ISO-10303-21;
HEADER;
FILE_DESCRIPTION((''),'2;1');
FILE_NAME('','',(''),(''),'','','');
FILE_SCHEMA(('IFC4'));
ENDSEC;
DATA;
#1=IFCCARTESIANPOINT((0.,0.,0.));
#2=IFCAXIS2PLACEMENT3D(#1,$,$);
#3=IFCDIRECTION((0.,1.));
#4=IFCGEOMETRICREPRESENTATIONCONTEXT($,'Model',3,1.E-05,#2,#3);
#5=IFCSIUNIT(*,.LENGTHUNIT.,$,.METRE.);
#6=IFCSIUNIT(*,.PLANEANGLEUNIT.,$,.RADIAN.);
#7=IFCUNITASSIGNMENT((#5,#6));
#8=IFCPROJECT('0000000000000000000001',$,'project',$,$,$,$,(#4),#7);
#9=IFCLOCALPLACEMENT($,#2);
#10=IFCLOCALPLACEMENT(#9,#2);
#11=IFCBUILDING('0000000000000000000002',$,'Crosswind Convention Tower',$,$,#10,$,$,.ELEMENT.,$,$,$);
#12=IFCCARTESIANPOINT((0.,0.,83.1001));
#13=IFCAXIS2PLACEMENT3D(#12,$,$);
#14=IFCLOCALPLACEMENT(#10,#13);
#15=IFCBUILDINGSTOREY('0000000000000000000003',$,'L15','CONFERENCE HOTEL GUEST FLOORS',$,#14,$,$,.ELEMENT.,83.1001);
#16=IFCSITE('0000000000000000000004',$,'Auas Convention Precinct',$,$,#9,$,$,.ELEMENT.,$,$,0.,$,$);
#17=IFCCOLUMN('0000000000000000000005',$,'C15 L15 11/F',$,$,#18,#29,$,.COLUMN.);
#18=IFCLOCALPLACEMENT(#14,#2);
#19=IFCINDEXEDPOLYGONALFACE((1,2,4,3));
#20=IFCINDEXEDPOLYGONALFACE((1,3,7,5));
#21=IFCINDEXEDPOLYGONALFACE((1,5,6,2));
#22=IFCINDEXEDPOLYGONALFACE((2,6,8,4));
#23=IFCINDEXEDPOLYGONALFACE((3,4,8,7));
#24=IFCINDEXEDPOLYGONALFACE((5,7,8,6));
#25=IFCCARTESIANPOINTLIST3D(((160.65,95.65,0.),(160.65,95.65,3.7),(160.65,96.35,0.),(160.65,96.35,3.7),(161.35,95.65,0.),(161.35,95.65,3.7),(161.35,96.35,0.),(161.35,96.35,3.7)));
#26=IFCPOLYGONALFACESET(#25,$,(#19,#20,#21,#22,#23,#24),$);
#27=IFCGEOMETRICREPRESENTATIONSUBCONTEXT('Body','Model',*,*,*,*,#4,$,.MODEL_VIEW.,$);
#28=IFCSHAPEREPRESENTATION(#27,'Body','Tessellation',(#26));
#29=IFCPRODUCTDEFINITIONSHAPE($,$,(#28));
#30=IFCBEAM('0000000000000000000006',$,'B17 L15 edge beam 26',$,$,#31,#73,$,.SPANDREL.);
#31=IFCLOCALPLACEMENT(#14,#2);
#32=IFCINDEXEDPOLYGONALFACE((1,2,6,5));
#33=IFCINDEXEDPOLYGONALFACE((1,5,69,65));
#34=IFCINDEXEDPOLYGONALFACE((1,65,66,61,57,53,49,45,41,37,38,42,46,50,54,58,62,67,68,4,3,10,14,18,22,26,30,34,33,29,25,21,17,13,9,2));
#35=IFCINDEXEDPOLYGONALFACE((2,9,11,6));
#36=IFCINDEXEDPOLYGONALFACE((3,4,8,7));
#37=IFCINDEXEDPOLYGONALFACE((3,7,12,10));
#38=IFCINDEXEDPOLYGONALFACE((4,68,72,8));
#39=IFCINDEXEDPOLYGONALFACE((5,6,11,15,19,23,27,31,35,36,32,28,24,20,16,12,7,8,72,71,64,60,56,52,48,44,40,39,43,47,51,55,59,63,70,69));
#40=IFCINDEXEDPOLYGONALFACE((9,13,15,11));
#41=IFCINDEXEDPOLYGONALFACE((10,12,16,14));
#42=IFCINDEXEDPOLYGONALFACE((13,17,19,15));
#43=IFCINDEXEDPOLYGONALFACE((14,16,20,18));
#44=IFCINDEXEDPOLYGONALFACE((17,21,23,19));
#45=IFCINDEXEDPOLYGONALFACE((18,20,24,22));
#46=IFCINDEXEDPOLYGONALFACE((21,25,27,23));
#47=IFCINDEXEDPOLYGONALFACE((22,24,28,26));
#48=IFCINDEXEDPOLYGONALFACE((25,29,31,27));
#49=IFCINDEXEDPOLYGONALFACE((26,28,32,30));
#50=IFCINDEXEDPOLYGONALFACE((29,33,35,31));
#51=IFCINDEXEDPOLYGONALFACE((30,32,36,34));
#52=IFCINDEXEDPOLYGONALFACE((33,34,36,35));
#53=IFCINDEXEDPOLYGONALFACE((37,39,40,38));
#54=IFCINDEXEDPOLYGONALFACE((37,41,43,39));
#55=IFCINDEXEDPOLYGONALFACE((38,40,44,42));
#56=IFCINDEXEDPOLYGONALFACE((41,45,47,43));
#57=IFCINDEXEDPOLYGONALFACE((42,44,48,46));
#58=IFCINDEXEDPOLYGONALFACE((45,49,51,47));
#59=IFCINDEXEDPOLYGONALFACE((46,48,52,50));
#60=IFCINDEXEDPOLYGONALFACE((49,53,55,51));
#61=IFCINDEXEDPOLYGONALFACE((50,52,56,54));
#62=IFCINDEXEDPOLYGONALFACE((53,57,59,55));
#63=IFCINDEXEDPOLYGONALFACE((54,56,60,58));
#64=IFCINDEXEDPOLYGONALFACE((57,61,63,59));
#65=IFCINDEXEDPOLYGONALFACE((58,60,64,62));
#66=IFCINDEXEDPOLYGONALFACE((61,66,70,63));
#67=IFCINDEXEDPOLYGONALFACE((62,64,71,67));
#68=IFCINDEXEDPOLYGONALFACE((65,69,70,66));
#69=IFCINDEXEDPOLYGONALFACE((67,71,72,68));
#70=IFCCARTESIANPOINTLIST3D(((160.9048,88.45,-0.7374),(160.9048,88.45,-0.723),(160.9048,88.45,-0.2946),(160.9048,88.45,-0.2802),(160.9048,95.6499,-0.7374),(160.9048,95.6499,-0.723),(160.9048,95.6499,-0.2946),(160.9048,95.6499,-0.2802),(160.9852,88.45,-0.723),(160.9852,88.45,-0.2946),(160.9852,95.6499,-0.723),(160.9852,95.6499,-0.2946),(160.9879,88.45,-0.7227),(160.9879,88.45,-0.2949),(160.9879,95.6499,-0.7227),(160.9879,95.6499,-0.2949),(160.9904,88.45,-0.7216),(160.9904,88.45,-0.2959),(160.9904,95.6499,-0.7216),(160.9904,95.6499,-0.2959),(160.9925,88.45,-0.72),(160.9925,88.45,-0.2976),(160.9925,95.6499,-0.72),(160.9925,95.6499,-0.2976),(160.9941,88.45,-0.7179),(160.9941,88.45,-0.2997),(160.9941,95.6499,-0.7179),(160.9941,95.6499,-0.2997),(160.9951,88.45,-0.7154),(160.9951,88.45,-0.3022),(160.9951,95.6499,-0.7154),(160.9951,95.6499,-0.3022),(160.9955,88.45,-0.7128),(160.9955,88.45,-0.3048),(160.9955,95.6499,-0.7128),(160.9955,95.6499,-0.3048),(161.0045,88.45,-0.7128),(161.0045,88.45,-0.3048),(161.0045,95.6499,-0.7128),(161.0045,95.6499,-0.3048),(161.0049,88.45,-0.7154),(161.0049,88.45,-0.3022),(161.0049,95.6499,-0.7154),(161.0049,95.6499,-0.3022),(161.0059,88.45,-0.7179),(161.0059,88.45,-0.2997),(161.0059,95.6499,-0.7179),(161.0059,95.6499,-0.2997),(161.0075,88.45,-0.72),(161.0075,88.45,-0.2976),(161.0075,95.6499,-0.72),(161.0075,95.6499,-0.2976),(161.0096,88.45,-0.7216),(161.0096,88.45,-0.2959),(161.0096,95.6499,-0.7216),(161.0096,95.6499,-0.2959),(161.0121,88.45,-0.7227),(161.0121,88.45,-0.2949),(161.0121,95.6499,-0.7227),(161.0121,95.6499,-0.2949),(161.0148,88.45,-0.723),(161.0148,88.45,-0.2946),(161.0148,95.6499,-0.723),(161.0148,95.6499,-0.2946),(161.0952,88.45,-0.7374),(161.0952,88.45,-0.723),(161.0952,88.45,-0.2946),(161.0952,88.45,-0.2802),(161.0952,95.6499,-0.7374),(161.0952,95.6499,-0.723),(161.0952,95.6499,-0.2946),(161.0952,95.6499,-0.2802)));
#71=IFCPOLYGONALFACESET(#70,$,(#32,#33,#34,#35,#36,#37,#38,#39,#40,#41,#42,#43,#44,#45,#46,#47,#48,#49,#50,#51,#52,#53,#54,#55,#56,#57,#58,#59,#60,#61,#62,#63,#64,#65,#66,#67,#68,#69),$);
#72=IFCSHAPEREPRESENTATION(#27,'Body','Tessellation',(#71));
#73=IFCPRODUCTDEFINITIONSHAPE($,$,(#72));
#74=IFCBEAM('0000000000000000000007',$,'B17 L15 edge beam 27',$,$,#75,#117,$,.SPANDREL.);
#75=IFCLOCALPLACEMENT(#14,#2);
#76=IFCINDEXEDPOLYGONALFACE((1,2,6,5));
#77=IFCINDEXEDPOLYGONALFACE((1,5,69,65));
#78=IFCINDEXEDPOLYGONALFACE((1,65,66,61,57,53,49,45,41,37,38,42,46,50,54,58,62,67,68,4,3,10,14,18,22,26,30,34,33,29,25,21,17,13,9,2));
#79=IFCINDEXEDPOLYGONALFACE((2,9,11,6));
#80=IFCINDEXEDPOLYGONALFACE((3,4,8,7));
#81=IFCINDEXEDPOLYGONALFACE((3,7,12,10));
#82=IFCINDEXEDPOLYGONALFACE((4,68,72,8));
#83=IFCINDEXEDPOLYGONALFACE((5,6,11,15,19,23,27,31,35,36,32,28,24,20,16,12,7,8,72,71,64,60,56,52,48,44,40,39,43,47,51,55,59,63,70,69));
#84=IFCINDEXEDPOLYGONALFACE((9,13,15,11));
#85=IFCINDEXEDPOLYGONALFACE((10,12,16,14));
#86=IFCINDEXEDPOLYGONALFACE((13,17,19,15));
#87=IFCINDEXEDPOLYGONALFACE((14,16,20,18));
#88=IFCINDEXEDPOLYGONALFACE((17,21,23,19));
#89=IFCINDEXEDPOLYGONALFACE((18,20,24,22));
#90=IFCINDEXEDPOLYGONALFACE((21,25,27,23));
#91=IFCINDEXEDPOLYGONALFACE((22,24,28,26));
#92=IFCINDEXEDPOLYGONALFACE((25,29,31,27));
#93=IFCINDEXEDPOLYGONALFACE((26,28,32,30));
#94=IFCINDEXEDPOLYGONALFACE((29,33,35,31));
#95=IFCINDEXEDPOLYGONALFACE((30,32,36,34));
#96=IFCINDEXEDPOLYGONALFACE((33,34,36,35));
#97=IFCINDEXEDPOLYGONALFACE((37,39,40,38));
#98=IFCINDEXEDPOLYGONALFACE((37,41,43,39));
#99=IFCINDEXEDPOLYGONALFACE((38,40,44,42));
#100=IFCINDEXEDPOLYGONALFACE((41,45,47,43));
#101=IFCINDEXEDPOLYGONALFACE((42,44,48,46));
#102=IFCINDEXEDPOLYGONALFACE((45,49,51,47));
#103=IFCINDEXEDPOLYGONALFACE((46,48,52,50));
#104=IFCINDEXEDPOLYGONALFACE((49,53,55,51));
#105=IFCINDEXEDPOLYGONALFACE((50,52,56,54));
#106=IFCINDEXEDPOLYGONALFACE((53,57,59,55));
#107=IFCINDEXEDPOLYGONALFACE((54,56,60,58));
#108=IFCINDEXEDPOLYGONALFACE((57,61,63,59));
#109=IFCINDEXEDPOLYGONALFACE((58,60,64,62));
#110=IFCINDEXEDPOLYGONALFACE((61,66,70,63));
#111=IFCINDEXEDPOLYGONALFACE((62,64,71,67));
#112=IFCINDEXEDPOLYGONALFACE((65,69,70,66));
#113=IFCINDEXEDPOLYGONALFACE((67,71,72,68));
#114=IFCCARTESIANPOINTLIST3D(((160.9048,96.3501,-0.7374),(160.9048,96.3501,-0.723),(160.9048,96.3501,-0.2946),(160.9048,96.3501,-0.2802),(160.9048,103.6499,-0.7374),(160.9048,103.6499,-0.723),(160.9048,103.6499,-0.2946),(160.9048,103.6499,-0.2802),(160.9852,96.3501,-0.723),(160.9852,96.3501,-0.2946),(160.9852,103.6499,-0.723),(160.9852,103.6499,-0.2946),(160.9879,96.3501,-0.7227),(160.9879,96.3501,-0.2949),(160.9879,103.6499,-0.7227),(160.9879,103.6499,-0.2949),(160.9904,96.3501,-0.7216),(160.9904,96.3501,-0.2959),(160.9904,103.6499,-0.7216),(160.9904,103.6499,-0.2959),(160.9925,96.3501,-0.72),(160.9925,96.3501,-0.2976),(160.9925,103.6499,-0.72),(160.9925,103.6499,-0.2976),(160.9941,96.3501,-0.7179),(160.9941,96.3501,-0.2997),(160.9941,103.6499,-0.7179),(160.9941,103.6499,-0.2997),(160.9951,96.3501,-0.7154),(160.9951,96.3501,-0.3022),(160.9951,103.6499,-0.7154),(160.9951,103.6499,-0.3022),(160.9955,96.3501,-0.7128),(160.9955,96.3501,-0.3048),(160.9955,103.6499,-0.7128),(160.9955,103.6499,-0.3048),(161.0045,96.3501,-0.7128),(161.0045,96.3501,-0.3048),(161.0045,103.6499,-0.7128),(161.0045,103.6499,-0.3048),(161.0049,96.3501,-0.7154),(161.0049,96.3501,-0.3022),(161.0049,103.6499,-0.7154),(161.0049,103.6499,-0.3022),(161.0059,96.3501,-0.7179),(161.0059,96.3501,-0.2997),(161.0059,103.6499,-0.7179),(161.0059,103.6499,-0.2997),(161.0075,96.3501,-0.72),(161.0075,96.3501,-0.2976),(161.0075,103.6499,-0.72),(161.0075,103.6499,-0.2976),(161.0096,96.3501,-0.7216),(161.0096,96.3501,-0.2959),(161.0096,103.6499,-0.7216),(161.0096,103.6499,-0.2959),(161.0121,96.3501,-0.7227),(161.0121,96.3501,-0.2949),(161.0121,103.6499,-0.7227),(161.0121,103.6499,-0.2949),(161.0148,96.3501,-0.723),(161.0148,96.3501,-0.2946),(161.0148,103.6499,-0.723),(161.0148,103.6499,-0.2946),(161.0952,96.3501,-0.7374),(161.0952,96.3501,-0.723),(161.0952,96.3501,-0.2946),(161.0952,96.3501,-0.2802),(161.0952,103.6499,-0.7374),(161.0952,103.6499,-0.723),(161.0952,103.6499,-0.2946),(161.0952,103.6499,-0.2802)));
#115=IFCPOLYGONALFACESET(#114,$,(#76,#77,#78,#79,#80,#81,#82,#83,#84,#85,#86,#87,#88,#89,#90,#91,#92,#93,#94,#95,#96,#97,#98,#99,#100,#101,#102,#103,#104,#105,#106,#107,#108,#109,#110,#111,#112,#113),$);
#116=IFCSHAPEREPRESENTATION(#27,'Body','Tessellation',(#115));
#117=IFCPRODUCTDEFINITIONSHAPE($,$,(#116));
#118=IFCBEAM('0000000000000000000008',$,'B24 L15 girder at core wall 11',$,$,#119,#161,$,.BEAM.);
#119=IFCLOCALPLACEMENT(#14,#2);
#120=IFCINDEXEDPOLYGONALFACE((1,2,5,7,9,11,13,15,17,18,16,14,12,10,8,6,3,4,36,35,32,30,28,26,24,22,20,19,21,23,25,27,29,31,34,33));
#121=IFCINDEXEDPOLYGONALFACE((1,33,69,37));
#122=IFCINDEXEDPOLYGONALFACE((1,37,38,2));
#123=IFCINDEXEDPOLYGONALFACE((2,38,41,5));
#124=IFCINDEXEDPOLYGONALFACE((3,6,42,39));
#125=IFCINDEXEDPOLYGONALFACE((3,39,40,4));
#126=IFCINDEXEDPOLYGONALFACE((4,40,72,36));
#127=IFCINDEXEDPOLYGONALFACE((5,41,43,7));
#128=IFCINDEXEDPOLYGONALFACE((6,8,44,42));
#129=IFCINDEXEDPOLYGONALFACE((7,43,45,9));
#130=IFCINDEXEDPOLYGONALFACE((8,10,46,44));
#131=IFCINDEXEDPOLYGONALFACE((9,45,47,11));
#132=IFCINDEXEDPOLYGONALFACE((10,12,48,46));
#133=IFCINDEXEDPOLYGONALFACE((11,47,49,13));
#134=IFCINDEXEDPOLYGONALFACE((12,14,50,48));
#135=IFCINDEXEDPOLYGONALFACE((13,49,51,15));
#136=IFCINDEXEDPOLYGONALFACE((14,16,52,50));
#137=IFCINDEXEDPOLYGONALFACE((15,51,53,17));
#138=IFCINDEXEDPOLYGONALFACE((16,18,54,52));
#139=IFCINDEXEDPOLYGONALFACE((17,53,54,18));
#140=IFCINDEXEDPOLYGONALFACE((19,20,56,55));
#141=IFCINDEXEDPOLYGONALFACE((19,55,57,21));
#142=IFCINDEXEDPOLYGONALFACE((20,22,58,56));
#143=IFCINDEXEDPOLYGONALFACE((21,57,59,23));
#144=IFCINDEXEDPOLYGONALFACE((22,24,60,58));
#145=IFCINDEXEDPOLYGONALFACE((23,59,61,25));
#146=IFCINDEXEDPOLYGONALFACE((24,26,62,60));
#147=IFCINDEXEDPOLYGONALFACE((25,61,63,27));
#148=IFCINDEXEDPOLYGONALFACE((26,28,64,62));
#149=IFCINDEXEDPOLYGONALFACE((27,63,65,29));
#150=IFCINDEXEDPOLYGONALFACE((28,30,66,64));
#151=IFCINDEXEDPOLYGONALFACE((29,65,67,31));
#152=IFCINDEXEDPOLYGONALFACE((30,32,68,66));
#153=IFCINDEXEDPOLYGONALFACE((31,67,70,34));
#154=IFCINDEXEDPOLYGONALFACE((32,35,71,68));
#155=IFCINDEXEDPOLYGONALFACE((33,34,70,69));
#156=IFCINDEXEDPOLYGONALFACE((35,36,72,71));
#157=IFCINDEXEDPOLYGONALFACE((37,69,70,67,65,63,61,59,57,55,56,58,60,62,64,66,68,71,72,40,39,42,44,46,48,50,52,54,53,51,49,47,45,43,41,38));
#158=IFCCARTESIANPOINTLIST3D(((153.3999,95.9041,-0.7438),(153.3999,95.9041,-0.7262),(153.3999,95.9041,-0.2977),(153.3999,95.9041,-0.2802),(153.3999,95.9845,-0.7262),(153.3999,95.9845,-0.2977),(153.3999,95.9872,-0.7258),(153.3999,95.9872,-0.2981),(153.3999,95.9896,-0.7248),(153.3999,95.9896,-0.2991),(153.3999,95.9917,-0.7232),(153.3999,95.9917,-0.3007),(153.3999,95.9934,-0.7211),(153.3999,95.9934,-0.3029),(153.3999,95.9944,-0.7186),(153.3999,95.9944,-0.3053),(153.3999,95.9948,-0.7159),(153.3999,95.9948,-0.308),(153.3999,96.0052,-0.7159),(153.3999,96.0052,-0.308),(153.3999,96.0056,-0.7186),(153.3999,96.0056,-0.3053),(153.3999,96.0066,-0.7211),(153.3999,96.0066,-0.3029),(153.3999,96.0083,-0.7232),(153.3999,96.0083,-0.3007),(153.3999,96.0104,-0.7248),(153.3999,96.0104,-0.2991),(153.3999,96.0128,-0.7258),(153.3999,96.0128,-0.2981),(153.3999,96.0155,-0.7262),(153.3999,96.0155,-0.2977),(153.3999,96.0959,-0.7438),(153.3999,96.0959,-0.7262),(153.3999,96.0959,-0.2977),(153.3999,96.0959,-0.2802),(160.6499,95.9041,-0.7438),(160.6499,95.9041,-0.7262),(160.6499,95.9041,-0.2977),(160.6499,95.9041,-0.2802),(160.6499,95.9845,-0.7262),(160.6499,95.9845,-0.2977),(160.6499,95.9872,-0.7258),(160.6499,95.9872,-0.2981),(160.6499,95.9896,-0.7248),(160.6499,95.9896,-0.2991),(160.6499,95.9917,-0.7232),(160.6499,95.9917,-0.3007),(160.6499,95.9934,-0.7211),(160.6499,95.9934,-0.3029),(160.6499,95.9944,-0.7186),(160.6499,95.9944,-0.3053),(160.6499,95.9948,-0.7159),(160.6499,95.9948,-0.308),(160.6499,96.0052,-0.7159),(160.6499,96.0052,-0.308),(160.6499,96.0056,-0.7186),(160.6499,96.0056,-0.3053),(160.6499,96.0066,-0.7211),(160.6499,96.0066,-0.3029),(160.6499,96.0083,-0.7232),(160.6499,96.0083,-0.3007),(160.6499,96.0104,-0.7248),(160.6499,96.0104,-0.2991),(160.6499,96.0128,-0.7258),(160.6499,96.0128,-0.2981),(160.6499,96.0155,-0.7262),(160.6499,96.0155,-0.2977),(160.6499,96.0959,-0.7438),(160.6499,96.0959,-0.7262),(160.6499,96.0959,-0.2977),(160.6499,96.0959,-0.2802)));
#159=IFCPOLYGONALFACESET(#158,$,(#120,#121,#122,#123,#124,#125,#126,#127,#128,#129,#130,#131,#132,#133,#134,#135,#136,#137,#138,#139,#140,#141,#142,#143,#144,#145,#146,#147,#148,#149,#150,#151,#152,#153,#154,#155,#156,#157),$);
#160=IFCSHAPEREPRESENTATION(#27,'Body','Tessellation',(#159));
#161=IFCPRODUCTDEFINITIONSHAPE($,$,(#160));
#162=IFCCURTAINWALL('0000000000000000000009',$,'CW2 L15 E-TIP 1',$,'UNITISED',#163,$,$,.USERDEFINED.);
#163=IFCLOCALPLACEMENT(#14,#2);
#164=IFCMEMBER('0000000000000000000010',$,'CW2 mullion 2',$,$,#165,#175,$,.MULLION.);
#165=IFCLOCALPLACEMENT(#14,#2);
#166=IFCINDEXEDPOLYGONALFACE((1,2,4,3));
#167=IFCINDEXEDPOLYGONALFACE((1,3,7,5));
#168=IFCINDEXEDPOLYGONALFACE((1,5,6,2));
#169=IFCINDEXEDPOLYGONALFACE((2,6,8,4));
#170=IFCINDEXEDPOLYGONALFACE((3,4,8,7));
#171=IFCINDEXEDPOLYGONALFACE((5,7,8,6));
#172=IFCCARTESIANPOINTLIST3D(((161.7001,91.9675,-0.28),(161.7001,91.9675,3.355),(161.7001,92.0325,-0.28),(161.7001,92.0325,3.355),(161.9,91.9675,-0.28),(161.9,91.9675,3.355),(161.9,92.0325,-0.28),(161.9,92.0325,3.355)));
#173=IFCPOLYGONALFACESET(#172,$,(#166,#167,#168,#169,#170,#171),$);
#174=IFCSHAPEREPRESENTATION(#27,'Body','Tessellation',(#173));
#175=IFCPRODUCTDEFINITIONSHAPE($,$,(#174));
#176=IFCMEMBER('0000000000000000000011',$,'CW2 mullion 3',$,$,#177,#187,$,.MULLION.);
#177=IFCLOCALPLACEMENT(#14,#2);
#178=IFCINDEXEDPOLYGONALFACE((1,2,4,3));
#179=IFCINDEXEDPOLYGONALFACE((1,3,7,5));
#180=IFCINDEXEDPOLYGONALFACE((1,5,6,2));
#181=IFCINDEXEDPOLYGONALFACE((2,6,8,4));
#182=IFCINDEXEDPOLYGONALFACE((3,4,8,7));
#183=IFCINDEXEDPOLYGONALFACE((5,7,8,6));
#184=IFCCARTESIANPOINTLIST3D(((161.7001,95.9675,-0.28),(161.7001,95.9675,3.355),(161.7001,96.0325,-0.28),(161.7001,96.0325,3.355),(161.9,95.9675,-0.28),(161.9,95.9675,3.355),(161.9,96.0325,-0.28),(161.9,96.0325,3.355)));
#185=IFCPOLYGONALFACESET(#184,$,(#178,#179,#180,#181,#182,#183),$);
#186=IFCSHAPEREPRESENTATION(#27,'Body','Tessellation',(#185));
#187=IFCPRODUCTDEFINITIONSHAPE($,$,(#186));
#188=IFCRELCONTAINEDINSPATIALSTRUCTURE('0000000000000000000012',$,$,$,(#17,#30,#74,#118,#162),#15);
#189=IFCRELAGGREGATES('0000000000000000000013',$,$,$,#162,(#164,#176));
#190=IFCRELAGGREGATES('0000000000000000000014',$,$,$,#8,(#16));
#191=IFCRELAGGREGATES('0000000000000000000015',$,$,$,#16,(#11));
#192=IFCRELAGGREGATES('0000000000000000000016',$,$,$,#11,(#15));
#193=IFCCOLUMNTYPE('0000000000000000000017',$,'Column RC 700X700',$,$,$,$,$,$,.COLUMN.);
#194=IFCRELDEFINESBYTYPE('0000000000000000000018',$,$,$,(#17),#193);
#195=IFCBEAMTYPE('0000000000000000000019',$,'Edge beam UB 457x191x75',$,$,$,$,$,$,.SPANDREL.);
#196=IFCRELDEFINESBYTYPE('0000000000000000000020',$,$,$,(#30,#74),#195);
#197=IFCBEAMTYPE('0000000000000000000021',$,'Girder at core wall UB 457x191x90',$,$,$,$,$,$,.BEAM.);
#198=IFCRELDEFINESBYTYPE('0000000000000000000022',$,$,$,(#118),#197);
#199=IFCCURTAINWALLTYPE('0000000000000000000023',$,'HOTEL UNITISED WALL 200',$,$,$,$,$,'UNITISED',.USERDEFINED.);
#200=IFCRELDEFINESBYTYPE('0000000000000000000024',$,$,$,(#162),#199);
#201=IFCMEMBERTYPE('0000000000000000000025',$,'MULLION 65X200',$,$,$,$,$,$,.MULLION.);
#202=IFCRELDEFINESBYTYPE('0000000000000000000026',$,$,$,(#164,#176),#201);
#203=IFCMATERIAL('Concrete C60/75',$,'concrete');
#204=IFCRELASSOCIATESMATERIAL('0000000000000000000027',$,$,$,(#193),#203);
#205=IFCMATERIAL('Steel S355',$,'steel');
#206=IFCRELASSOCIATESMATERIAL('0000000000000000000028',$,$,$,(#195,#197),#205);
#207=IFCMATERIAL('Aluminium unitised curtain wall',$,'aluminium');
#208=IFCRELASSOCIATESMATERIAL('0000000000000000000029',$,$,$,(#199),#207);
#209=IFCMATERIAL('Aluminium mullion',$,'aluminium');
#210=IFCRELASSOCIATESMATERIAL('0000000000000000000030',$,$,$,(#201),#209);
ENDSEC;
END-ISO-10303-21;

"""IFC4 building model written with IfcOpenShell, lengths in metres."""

from ifc_helpers import new_model, si_unit, direction, frame, origin, origin_2d, place, context, subcontext, project, spatial, rectangle, i_section, extrude, material, material_profile, profile_set, type_object, element, aggregate, save


model = new_model("IFC4")

# Units and contexts
model_context = context("Model", 3, precision=1e-05, world=origin(), true_north=direction((0.0, 1.0)))
body_context = subcontext(model_context, "Body", "Model", "MODEL_VIEW")
ifc_project = project(units=[si_unit("LENGTHUNIT", "METRE"), si_unit("PLANEANGLEUNIT", "RADIAN")], contexts=[model_context])

# Site, building, storey
site_placement = place(None, origin())
site = spatial("IfcSite", under=ifc_project, at=site_placement, Name="Auas Convention Precinct", CompositionType="ELEMENT", RefElevation=0.0)
building_placement = place(site_placement, origin())
building = spatial("IfcBuilding", under=site, at=building_placement, Name="Crosswind Convention Tower", CompositionType="ELEMENT")
storey_placement = place(building_placement, frame((0.0, 0.0, 83.1001)))
storey = spatial("IfcBuildingStorey", under=building, at=storey_placement, Name="L15", Description="CONFERENCE HOTEL GUEST FLOORS", CompositionType="ELEMENT", Elevation=83.1001)

# Column
ifc_material_1 = material(Name="Concrete C60/75", Category="concrete")
ifc_material_profile_1 = material_profile(ifc_material_1, rectangle(XDim=0.7, YDim=0.7, at=origin_2d()), Name="RC 700X700")
ifc_profile_set_1 = profile_set([ifc_material_profile_1], Name="Concrete C60/75")
column_type = type_object("IfcColumnType", Name="Column RC 700X700", PredefinedType="COLUMN", material=ifc_profile_set_1)
column_placement = place(storey_placement, frame((161.0, 96.0, 0.0), z_axis=(0.0, 0.0, 1.0), x_axis=(1.0, 0.0, 0.0)))
element("IfcColumn", 1, at=column_placement, inside=storey, type_object=column_type, Name="C15 L15 11/F", PredefinedType="COLUMN", context=body_context, shape_type="SweptSolid", body=[
    extrude(rectangle(XDim=0.7, YDim=0.7, at=origin_2d()), origin(), (0.0, 0.0, 1.0), 3.7),
])

# Beams
ifc_material_2 = material(Name="Steel S355", Category="steel")
ifc_material_profile_2 = material_profile(ifc_material_2, i_section(OverallWidth=0.1904, OverallDepth=0.4573, WebThickness=0.009, FlangeThickness=0.0144, FilletRadius=0.0103, at=origin_2d()), Name="UB 457x191x75")
ifc_profile_set_2 = profile_set([ifc_material_profile_2], Name="Steel S355")
beam_type_1 = type_object("IfcBeamType", Name="Edge beam UB 457x191x75", PredefinedType="SPANDREL", material=ifc_profile_set_2)
beam_1_placement = place(storey_placement, frame((161.0, 88.45, -0.5088), z_axis=(0.0, 1.0, 0.0), x_axis=(-1.0, 0.0, 0.0)))
element("IfcBeam", 2, at=beam_1_placement, inside=storey, type_object=beam_type_1, Name="B17 L15 edge beam 26", PredefinedType="SPANDREL", context=body_context, shape_type="SweptSolid", body=[
    extrude(i_section(OverallWidth=0.1904, OverallDepth=0.4573, WebThickness=0.009, FlangeThickness=0.0144, FilletRadius=0.0103, at=origin_2d()), origin(), (0.0, 0.0, 1.0), 7.2),
])
beam_2_placement = place(storey_placement, frame((161.0, 96.3501, -0.5088), z_axis=(0.0, 1.0, 0.0), x_axis=(-1.0, 0.0, 0.0)))
element("IfcBeam", 3, at=beam_2_placement, inside=storey, type_object=beam_type_1, Name="B17 L15 edge beam 27", PredefinedType="SPANDREL", context=body_context, shape_type="SweptSolid", body=[
    extrude(i_section(OverallWidth=0.1904, OverallDepth=0.4573, WebThickness=0.009, FlangeThickness=0.0144, FilletRadius=0.0103, at=origin_2d()), origin(), (0.0, 0.0, 1.0), 7.2998),
])
ifc_material_profile_3 = material_profile(ifc_material_2, i_section(OverallWidth=0.1919, OverallDepth=0.4636, WebThickness=0.0105, FlangeThickness=0.0176, FilletRadius=0.0103, at=origin_2d()), Name="UB 457x191x90")
ifc_profile_set_3 = profile_set([ifc_material_profile_3], Name="Steel S355")
beam_type_2 = type_object("IfcBeamType", Name="Girder at core wall UB 457x191x90", PredefinedType="BEAM", material=ifc_profile_set_3)
beam_3_placement = place(storey_placement, frame((153.3999, 96.0, -0.512), z_axis=(1.0, 0.0, 0.0), x_axis=(0.0, 1.0, 0.0)))
element("IfcBeam", 4, at=beam_3_placement, inside=storey, type_object=beam_type_2, Name="B24 L15 girder at core wall 11", PredefinedType="BEAM", context=body_context, shape_type="SweptSolid", body=[
    extrude(i_section(OverallWidth=0.1919, OverallDepth=0.4636, WebThickness=0.0105, FlangeThickness=0.0176, FilletRadius=0.0103, at=origin_2d()), origin(), (0.0, 0.0, 1.0), 7.25),
])

# Curtain wall, members
ifc_material_3 = material(Name="Aluminium unitised curtain wall", Category="aluminium")
curtain_wall_type = type_object("IfcCurtainWallType", Name="HOTEL UNITISED WALL 200", ElementType="UNITISED", PredefinedType="USERDEFINED", material=ifc_material_3)
curtain_wall_placement = place(storey_placement, origin())
curtain_wall = element("IfcCurtainWall", 5, at=curtain_wall_placement, inside=storey, type_object=curtain_wall_type, Name="CW2 L15 E-TIP 1", ObjectType="UNITISED", PredefinedType="USERDEFINED")
ifc_material_4 = material(Name="Aluminium mullion", Category="aluminium")
ifc_material_profile_4 = material_profile(ifc_material_4, rectangle(XDim=0.2, YDim=0.0649, at=origin_2d()), Name="AL 200X65")
ifc_profile_set_4 = profile_set([ifc_material_profile_4], Name="Aluminium mullion")
member_type = type_object("IfcMemberType", Name="MULLION 65X200", PredefinedType="MULLION", material=ifc_profile_set_4)
member_1_placement = place(storey_placement, frame((161.8, 92.0, -0.28), z_axis=(0.0, 0.0, 1.0), x_axis=(1.0, 0.0, 0.0)))
member_1 = element("IfcMember", 6, at=member_1_placement, type_object=member_type, Name="CW2 mullion 2", PredefinedType="MULLION", context=body_context, shape_type="SweptSolid", body=[
    extrude(rectangle(XDim=0.2, YDim=0.0649, at=origin_2d()), origin(), (0.0, 0.0, 1.0), 3.635),
])
member_2_placement = place(storey_placement, frame((161.8, 96.0, -0.28), z_axis=(0.0, 0.0, 1.0), x_axis=(1.0, 0.0, 0.0)))
member_2 = element("IfcMember", 7, at=member_2_placement, type_object=member_type, Name="CW2 mullion 3", PredefinedType="MULLION", context=body_context, shape_type="SweptSolid", body=[
    extrude(rectangle(XDim=0.2, YDim=0.0649, at=origin_2d()), origin(), (0.0, 0.0, 1.0), 3.635),
])

aggregate(curtain_wall, [member_1, member_2])

save(model, "model.ifc")
